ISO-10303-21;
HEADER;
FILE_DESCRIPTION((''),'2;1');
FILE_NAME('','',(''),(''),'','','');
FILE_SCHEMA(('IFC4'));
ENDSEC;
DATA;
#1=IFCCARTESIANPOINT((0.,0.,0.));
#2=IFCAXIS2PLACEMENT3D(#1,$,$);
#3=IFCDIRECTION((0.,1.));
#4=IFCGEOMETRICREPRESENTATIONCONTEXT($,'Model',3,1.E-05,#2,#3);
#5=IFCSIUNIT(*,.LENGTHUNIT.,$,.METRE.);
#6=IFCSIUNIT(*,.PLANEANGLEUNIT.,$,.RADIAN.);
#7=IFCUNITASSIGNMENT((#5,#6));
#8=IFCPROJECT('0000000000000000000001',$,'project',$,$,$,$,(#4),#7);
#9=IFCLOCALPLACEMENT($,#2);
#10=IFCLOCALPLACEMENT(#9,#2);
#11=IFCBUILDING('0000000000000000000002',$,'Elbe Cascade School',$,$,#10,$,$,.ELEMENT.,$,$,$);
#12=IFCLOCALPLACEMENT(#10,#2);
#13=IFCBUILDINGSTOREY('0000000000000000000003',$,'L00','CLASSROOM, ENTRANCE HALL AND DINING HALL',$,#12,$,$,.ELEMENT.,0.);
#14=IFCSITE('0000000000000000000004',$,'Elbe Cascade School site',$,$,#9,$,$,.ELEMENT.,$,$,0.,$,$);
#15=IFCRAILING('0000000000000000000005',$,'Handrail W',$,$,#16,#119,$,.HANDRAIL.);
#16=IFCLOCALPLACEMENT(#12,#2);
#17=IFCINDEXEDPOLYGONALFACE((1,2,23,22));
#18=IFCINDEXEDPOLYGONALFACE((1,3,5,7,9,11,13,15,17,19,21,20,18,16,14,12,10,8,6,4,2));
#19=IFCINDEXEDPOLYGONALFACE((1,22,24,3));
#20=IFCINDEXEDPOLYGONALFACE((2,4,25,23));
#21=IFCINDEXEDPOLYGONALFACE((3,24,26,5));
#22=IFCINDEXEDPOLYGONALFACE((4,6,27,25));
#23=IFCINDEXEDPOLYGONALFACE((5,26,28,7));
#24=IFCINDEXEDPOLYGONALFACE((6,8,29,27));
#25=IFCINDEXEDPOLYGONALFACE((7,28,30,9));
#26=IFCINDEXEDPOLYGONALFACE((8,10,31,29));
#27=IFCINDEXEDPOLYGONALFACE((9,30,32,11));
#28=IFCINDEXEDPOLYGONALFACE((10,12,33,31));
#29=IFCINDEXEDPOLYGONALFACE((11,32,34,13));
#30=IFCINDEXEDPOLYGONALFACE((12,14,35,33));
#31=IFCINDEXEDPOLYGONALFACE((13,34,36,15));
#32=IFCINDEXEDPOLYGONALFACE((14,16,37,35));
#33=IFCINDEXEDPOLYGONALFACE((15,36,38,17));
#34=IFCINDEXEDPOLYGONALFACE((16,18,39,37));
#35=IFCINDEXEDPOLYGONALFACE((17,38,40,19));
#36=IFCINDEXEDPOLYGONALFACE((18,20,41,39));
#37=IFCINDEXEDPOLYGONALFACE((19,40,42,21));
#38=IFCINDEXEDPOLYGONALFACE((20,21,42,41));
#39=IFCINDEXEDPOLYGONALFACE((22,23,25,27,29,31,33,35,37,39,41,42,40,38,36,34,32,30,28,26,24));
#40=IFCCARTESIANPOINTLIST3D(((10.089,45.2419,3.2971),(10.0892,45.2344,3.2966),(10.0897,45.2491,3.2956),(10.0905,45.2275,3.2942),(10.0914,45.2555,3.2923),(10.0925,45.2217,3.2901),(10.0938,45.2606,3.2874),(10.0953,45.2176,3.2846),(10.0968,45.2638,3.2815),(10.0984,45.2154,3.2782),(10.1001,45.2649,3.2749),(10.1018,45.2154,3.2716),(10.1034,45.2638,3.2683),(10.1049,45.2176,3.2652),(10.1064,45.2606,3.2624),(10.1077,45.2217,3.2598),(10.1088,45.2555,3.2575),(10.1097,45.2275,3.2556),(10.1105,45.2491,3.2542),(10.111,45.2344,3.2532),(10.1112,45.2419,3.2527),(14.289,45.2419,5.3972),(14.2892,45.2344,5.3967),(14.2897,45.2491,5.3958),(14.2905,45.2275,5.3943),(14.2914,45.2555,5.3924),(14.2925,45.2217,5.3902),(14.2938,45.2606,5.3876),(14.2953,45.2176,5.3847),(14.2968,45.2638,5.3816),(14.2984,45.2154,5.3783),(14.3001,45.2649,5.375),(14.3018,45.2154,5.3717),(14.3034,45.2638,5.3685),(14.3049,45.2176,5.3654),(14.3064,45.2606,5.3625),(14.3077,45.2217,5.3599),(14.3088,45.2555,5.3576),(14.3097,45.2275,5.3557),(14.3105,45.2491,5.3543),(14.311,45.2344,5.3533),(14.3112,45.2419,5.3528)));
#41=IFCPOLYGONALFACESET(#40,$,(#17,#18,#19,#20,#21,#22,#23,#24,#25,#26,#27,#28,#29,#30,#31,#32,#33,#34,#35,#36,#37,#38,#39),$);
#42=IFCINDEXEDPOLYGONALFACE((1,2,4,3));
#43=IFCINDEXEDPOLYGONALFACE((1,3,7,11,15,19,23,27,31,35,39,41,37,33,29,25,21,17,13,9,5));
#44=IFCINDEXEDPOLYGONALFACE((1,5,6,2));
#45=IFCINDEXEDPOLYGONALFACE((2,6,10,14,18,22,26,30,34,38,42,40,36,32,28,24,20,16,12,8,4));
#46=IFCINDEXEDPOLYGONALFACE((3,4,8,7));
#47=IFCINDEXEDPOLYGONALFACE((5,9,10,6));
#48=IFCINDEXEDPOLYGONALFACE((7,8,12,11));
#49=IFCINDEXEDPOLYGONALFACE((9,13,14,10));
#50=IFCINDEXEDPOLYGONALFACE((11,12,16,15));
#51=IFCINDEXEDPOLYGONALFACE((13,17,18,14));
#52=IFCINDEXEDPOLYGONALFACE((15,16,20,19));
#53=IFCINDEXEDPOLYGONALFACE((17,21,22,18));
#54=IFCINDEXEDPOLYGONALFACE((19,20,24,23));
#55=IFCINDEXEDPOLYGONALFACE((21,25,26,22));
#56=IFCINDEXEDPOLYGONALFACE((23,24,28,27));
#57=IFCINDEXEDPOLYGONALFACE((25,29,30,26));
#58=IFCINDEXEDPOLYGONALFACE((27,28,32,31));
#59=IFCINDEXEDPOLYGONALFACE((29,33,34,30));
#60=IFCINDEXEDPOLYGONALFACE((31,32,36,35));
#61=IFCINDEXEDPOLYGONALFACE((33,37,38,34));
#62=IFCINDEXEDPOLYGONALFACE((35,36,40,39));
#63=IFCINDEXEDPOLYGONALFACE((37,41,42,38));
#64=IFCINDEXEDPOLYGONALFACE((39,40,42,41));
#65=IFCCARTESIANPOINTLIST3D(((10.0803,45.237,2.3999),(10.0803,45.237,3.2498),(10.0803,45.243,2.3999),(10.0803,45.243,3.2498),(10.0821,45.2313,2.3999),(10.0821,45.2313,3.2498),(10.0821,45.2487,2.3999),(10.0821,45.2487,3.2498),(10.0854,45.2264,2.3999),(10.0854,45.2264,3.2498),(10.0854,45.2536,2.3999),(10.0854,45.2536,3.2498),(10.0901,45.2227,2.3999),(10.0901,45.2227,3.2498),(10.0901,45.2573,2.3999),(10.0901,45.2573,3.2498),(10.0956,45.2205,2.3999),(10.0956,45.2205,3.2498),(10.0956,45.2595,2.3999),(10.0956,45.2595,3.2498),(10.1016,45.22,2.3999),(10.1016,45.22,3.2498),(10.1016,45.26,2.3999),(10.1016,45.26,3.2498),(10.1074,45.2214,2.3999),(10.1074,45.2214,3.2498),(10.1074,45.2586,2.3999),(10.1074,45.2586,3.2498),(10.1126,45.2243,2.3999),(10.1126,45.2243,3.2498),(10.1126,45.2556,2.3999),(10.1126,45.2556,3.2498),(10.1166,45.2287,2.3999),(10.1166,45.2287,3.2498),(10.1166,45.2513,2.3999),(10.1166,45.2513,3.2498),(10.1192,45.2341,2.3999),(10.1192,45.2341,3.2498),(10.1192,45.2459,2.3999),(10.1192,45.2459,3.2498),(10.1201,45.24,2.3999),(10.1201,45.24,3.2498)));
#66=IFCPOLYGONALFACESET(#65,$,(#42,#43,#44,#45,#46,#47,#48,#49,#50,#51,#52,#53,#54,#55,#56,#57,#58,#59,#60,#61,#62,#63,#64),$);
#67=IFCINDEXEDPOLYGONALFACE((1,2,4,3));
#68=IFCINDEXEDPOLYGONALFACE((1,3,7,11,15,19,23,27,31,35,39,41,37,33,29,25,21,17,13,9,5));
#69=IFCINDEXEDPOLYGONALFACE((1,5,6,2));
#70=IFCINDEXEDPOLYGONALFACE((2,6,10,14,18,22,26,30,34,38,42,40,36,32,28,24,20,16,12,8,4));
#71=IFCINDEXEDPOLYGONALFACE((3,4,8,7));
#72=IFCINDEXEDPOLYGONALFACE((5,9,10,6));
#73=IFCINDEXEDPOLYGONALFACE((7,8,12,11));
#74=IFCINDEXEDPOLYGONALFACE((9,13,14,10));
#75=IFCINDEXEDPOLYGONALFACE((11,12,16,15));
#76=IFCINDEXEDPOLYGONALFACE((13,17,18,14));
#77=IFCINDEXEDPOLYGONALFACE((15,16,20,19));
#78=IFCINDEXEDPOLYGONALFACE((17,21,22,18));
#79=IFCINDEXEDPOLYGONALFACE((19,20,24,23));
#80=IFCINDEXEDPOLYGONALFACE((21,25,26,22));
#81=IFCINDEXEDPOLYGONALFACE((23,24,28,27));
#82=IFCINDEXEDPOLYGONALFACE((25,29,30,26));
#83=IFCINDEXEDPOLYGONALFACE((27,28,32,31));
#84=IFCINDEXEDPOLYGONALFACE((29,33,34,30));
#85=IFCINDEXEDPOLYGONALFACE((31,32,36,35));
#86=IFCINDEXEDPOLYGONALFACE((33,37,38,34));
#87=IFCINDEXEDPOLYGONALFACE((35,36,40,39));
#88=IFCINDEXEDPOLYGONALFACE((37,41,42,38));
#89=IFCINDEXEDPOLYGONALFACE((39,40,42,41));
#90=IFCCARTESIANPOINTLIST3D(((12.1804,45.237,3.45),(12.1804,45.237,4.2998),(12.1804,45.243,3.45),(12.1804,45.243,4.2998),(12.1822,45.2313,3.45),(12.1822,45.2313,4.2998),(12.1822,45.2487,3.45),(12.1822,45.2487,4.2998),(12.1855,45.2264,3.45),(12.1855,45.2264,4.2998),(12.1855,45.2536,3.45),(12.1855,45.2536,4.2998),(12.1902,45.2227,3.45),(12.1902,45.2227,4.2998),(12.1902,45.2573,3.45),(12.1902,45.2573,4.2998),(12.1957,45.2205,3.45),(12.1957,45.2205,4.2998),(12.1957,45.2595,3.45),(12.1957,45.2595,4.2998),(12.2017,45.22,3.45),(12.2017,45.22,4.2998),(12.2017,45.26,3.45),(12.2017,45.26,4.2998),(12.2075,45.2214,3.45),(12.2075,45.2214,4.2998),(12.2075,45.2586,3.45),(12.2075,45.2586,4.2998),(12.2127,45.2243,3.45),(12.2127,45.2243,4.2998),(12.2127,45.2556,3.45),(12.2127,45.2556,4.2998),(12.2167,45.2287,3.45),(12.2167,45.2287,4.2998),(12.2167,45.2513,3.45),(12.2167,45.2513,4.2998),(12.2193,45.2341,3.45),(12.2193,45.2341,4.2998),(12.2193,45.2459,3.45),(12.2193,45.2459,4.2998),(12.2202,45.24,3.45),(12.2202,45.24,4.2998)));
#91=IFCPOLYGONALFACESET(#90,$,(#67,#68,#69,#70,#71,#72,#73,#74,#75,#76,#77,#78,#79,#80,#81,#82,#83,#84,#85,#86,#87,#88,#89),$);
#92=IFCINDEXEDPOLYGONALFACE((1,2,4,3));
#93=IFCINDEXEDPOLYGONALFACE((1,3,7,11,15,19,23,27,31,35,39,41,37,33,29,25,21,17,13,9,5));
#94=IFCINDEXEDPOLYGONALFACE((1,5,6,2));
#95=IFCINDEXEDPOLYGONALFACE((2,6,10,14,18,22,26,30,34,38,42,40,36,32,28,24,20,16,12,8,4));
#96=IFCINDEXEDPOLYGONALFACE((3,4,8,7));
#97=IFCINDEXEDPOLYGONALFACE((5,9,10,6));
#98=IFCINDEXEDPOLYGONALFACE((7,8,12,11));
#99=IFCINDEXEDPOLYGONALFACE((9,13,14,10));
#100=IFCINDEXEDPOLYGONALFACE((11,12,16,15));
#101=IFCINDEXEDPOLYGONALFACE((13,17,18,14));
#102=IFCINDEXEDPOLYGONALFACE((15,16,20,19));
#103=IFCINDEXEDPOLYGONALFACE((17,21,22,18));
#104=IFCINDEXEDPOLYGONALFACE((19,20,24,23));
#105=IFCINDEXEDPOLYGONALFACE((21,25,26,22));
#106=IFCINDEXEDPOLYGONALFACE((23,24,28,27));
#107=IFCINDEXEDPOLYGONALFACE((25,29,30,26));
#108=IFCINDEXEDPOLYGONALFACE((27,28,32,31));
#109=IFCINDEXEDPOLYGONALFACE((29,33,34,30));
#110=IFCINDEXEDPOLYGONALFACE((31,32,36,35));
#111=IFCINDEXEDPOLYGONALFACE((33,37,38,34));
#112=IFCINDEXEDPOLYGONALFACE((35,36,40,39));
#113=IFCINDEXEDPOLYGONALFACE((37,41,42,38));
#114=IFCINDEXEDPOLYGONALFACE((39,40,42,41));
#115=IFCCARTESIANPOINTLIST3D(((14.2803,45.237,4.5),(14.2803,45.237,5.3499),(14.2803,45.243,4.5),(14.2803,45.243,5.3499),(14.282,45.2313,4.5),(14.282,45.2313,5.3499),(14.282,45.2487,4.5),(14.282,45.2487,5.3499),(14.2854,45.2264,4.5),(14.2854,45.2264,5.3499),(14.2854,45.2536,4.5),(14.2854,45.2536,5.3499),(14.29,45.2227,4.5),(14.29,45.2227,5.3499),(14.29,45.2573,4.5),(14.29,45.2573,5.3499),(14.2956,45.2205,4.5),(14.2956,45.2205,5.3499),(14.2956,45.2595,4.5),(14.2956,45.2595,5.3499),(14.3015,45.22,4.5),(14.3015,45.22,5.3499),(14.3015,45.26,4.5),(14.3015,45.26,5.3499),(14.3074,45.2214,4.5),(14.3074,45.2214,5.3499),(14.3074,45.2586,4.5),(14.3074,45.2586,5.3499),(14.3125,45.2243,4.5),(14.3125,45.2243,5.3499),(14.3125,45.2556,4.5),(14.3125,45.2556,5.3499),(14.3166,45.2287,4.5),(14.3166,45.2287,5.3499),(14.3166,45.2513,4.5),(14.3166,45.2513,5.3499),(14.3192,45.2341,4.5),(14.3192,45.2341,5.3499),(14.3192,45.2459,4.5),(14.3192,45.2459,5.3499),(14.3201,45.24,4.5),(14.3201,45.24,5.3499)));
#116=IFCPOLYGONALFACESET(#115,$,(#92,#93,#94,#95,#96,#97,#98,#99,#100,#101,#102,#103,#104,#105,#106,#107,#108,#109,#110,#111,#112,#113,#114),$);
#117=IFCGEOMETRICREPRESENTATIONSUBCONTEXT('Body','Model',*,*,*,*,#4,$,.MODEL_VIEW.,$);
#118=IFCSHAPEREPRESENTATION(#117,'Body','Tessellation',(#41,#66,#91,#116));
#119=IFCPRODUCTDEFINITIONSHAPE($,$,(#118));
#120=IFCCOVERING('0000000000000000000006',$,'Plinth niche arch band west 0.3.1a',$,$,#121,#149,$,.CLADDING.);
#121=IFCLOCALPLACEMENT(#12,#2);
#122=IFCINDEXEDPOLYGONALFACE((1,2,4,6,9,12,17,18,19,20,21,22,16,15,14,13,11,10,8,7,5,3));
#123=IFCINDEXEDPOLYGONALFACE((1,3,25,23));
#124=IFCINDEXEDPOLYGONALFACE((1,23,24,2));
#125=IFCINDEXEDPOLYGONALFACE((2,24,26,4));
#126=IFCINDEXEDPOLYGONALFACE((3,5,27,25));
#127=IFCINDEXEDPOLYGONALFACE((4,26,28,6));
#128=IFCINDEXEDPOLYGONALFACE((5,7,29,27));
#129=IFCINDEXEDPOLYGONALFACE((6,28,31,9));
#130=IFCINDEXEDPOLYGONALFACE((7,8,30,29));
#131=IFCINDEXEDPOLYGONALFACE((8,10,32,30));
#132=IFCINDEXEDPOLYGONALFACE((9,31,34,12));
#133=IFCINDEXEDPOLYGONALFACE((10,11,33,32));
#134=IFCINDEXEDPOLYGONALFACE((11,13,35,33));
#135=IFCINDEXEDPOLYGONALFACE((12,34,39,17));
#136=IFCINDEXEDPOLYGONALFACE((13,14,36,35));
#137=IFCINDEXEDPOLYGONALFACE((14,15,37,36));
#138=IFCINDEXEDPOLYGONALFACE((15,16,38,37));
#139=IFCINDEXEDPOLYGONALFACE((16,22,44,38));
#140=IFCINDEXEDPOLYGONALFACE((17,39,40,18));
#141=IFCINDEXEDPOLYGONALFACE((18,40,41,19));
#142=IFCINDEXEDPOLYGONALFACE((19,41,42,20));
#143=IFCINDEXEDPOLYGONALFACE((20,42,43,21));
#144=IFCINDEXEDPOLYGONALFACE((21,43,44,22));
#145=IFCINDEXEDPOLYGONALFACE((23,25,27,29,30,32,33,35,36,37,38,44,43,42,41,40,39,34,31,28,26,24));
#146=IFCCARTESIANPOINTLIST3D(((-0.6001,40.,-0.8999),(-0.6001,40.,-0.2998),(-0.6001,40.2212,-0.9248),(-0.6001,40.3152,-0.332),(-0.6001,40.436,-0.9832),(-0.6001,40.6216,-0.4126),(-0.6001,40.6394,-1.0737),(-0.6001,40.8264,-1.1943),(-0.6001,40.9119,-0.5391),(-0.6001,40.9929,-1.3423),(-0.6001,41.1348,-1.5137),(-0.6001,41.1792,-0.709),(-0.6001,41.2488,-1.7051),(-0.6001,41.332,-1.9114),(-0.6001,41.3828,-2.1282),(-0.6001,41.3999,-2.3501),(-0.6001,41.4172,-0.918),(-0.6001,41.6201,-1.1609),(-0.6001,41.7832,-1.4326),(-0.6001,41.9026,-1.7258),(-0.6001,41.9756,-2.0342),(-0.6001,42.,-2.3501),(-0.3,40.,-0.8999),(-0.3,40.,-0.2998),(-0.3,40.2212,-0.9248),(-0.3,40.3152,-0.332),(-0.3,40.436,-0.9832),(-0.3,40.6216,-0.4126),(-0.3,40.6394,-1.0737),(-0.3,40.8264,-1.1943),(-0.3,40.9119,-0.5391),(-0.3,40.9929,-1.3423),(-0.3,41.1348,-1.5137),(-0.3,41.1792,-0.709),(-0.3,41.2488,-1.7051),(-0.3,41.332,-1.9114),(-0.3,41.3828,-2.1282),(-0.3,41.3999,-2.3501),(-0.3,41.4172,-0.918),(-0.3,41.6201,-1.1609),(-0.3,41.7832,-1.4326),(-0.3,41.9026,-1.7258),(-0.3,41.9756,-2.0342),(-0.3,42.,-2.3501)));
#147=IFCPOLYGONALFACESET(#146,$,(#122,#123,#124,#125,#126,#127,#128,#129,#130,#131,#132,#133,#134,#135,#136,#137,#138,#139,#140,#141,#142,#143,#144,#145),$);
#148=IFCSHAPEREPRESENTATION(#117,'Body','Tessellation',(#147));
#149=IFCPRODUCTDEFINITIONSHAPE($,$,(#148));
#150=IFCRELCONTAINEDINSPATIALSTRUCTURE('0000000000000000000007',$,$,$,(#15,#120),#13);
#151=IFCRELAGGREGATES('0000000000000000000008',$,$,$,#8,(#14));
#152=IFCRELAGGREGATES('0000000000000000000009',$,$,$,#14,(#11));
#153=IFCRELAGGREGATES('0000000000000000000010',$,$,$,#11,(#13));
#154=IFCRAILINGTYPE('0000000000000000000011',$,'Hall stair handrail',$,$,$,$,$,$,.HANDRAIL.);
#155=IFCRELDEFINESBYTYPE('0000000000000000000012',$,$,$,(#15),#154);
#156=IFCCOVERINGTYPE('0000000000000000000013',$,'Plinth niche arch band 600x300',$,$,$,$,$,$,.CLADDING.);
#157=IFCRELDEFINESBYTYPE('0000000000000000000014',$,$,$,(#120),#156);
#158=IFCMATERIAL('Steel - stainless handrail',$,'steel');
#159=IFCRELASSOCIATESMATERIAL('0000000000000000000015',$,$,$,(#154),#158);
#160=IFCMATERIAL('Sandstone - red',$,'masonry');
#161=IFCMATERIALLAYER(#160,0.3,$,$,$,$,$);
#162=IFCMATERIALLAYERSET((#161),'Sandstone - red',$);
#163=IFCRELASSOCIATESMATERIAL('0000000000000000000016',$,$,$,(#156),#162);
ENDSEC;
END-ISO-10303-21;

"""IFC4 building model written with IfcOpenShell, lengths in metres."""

from ifc_helpers import new_model, si_unit, direction, frame, origin, origin_2d, place, context, subcontext, project, spatial, polyline, circle, outline, extrude, material, layer, layer_set, type_object, element, save


model = new_model("IFC4")

# Units and contexts
model_context = context("Model", 3, precision=1e-05, world=origin(), true_north=direction((0.0, 1.0)))
body_context = subcontext(model_context, "Body", "Model", "MODEL_VIEW")
ifc_project = project(units=[si_unit("LENGTHUNIT", "METRE"), si_unit("PLANEANGLEUNIT", "RADIAN")], contexts=[model_context])

# Site, building, storey
site_placement = place(None, origin())
site = spatial("IfcSite", under=ifc_project, at=site_placement, Name="Elbe Cascade School site", CompositionType="ELEMENT", RefElevation=0.0)
building_placement = place(site_placement, origin())
building = spatial("IfcBuilding", under=site, at=building_placement, Name="Elbe Cascade School", CompositionType="ELEMENT")
storey_placement = place(building_placement, origin())
storey = spatial("IfcBuildingStorey", under=building, at=storey_placement, Name="L00", Description="CLASSROOM, ENTRANCE HALL AND DINING HALL", CompositionType="ELEMENT", Elevation=0.0)

# Railing
ifc_material_1 = material(Name="Steel - stainless handrail", Category="steel")
railing_type = type_object("IfcRailingType", Name="Hall stair handrail", PredefinedType="HANDRAIL", material=ifc_material_1)
for number, where, name in (
    (1, (10.1001, 45.24, 2.3999), "Handrail W"),
):
    element("IfcRailing", number, at=place(storey_placement, frame(where)), inside=storey, type_object=railing_type, Name=name, PredefinedType="HANDRAIL", context=body_context, shape_type="SweptSolid", body=[
        extrude(circle(Radius=0.0249, at=origin_2d()), frame((0.0, 0.0, 0.875), z_axis=(0.894417, 0.0, 0.447234), x_axis=(0.0, 1.0, 0.0)), (0.0, 0.0, 1.0), 4.6958),
        extrude(circle(Radius=0.02, at=origin_2d()), origin(), (0.0, 0.0, 1.0), 0.8499),
        extrude(circle(Radius=0.02, at=origin_2d()), frame((2.1001, 0.0, 1.05)), (0.0, 0.0, 1.0), 0.8499),
        extrude(circle(Radius=0.02, at=origin_2d()), frame((4.2, 0.0, 2.1001)), (0.0, 0.0, 1.0), 0.8499),
    ])

# Covering
ifc_material_2 = material(Name="Sandstone - red", Category="masonry")
ifc_layer_1 = layer(ifc_material_2, 0.3)
ifc_layer_set_1 = layer_set([ifc_layer_1], Name="Sandstone - red")
covering_type = type_object("IfcCoveringType", Name="Plinth niche arch band 600x300", PredefinedType="CLADDING", material=ifc_layer_set_1)
covering_1_placement = place(storey_placement, frame((-0.6001, 42.0, -2.3501), z_axis=(-1.0, 0.0, 0.0), x_axis=(0.0, -1.0, 0.0)))
element("IfcCovering", 2, at=covering_1_placement, inside=storey, type_object=covering_type, Name="Plinth niche arch band west 0.3.1a", PredefinedType="CLADDING", context=body_context, shape_type="SweptSolid", body=[
    extrude(outline(polyline([(0.0, 0.0), (0.6001, 0.0), (0.6172, 0.2219), (0.668, 0.4387), (0.7512, 0.645), (0.8652, 0.8364), (1.0071, 1.0078), (1.1736, 1.1558), (1.3606, 1.2764), (1.564, 1.3669), (1.7788, 1.4253), (2.0, 1.4502), (2.0, 2.0503), (1.6848, 2.0181), (1.3784, 1.9375), (1.0881, 1.811), (0.8208, 1.6411), (0.5828, 1.4321), (0.3799, 1.1892), (0.2168, 0.9175), (0.0974, 0.6243), (0.0244, 0.3159), (0.0, 0.0)])), origin(), (0.0, 0.0, -1.0), 0.3),
])

save(model, "model.ifc")
